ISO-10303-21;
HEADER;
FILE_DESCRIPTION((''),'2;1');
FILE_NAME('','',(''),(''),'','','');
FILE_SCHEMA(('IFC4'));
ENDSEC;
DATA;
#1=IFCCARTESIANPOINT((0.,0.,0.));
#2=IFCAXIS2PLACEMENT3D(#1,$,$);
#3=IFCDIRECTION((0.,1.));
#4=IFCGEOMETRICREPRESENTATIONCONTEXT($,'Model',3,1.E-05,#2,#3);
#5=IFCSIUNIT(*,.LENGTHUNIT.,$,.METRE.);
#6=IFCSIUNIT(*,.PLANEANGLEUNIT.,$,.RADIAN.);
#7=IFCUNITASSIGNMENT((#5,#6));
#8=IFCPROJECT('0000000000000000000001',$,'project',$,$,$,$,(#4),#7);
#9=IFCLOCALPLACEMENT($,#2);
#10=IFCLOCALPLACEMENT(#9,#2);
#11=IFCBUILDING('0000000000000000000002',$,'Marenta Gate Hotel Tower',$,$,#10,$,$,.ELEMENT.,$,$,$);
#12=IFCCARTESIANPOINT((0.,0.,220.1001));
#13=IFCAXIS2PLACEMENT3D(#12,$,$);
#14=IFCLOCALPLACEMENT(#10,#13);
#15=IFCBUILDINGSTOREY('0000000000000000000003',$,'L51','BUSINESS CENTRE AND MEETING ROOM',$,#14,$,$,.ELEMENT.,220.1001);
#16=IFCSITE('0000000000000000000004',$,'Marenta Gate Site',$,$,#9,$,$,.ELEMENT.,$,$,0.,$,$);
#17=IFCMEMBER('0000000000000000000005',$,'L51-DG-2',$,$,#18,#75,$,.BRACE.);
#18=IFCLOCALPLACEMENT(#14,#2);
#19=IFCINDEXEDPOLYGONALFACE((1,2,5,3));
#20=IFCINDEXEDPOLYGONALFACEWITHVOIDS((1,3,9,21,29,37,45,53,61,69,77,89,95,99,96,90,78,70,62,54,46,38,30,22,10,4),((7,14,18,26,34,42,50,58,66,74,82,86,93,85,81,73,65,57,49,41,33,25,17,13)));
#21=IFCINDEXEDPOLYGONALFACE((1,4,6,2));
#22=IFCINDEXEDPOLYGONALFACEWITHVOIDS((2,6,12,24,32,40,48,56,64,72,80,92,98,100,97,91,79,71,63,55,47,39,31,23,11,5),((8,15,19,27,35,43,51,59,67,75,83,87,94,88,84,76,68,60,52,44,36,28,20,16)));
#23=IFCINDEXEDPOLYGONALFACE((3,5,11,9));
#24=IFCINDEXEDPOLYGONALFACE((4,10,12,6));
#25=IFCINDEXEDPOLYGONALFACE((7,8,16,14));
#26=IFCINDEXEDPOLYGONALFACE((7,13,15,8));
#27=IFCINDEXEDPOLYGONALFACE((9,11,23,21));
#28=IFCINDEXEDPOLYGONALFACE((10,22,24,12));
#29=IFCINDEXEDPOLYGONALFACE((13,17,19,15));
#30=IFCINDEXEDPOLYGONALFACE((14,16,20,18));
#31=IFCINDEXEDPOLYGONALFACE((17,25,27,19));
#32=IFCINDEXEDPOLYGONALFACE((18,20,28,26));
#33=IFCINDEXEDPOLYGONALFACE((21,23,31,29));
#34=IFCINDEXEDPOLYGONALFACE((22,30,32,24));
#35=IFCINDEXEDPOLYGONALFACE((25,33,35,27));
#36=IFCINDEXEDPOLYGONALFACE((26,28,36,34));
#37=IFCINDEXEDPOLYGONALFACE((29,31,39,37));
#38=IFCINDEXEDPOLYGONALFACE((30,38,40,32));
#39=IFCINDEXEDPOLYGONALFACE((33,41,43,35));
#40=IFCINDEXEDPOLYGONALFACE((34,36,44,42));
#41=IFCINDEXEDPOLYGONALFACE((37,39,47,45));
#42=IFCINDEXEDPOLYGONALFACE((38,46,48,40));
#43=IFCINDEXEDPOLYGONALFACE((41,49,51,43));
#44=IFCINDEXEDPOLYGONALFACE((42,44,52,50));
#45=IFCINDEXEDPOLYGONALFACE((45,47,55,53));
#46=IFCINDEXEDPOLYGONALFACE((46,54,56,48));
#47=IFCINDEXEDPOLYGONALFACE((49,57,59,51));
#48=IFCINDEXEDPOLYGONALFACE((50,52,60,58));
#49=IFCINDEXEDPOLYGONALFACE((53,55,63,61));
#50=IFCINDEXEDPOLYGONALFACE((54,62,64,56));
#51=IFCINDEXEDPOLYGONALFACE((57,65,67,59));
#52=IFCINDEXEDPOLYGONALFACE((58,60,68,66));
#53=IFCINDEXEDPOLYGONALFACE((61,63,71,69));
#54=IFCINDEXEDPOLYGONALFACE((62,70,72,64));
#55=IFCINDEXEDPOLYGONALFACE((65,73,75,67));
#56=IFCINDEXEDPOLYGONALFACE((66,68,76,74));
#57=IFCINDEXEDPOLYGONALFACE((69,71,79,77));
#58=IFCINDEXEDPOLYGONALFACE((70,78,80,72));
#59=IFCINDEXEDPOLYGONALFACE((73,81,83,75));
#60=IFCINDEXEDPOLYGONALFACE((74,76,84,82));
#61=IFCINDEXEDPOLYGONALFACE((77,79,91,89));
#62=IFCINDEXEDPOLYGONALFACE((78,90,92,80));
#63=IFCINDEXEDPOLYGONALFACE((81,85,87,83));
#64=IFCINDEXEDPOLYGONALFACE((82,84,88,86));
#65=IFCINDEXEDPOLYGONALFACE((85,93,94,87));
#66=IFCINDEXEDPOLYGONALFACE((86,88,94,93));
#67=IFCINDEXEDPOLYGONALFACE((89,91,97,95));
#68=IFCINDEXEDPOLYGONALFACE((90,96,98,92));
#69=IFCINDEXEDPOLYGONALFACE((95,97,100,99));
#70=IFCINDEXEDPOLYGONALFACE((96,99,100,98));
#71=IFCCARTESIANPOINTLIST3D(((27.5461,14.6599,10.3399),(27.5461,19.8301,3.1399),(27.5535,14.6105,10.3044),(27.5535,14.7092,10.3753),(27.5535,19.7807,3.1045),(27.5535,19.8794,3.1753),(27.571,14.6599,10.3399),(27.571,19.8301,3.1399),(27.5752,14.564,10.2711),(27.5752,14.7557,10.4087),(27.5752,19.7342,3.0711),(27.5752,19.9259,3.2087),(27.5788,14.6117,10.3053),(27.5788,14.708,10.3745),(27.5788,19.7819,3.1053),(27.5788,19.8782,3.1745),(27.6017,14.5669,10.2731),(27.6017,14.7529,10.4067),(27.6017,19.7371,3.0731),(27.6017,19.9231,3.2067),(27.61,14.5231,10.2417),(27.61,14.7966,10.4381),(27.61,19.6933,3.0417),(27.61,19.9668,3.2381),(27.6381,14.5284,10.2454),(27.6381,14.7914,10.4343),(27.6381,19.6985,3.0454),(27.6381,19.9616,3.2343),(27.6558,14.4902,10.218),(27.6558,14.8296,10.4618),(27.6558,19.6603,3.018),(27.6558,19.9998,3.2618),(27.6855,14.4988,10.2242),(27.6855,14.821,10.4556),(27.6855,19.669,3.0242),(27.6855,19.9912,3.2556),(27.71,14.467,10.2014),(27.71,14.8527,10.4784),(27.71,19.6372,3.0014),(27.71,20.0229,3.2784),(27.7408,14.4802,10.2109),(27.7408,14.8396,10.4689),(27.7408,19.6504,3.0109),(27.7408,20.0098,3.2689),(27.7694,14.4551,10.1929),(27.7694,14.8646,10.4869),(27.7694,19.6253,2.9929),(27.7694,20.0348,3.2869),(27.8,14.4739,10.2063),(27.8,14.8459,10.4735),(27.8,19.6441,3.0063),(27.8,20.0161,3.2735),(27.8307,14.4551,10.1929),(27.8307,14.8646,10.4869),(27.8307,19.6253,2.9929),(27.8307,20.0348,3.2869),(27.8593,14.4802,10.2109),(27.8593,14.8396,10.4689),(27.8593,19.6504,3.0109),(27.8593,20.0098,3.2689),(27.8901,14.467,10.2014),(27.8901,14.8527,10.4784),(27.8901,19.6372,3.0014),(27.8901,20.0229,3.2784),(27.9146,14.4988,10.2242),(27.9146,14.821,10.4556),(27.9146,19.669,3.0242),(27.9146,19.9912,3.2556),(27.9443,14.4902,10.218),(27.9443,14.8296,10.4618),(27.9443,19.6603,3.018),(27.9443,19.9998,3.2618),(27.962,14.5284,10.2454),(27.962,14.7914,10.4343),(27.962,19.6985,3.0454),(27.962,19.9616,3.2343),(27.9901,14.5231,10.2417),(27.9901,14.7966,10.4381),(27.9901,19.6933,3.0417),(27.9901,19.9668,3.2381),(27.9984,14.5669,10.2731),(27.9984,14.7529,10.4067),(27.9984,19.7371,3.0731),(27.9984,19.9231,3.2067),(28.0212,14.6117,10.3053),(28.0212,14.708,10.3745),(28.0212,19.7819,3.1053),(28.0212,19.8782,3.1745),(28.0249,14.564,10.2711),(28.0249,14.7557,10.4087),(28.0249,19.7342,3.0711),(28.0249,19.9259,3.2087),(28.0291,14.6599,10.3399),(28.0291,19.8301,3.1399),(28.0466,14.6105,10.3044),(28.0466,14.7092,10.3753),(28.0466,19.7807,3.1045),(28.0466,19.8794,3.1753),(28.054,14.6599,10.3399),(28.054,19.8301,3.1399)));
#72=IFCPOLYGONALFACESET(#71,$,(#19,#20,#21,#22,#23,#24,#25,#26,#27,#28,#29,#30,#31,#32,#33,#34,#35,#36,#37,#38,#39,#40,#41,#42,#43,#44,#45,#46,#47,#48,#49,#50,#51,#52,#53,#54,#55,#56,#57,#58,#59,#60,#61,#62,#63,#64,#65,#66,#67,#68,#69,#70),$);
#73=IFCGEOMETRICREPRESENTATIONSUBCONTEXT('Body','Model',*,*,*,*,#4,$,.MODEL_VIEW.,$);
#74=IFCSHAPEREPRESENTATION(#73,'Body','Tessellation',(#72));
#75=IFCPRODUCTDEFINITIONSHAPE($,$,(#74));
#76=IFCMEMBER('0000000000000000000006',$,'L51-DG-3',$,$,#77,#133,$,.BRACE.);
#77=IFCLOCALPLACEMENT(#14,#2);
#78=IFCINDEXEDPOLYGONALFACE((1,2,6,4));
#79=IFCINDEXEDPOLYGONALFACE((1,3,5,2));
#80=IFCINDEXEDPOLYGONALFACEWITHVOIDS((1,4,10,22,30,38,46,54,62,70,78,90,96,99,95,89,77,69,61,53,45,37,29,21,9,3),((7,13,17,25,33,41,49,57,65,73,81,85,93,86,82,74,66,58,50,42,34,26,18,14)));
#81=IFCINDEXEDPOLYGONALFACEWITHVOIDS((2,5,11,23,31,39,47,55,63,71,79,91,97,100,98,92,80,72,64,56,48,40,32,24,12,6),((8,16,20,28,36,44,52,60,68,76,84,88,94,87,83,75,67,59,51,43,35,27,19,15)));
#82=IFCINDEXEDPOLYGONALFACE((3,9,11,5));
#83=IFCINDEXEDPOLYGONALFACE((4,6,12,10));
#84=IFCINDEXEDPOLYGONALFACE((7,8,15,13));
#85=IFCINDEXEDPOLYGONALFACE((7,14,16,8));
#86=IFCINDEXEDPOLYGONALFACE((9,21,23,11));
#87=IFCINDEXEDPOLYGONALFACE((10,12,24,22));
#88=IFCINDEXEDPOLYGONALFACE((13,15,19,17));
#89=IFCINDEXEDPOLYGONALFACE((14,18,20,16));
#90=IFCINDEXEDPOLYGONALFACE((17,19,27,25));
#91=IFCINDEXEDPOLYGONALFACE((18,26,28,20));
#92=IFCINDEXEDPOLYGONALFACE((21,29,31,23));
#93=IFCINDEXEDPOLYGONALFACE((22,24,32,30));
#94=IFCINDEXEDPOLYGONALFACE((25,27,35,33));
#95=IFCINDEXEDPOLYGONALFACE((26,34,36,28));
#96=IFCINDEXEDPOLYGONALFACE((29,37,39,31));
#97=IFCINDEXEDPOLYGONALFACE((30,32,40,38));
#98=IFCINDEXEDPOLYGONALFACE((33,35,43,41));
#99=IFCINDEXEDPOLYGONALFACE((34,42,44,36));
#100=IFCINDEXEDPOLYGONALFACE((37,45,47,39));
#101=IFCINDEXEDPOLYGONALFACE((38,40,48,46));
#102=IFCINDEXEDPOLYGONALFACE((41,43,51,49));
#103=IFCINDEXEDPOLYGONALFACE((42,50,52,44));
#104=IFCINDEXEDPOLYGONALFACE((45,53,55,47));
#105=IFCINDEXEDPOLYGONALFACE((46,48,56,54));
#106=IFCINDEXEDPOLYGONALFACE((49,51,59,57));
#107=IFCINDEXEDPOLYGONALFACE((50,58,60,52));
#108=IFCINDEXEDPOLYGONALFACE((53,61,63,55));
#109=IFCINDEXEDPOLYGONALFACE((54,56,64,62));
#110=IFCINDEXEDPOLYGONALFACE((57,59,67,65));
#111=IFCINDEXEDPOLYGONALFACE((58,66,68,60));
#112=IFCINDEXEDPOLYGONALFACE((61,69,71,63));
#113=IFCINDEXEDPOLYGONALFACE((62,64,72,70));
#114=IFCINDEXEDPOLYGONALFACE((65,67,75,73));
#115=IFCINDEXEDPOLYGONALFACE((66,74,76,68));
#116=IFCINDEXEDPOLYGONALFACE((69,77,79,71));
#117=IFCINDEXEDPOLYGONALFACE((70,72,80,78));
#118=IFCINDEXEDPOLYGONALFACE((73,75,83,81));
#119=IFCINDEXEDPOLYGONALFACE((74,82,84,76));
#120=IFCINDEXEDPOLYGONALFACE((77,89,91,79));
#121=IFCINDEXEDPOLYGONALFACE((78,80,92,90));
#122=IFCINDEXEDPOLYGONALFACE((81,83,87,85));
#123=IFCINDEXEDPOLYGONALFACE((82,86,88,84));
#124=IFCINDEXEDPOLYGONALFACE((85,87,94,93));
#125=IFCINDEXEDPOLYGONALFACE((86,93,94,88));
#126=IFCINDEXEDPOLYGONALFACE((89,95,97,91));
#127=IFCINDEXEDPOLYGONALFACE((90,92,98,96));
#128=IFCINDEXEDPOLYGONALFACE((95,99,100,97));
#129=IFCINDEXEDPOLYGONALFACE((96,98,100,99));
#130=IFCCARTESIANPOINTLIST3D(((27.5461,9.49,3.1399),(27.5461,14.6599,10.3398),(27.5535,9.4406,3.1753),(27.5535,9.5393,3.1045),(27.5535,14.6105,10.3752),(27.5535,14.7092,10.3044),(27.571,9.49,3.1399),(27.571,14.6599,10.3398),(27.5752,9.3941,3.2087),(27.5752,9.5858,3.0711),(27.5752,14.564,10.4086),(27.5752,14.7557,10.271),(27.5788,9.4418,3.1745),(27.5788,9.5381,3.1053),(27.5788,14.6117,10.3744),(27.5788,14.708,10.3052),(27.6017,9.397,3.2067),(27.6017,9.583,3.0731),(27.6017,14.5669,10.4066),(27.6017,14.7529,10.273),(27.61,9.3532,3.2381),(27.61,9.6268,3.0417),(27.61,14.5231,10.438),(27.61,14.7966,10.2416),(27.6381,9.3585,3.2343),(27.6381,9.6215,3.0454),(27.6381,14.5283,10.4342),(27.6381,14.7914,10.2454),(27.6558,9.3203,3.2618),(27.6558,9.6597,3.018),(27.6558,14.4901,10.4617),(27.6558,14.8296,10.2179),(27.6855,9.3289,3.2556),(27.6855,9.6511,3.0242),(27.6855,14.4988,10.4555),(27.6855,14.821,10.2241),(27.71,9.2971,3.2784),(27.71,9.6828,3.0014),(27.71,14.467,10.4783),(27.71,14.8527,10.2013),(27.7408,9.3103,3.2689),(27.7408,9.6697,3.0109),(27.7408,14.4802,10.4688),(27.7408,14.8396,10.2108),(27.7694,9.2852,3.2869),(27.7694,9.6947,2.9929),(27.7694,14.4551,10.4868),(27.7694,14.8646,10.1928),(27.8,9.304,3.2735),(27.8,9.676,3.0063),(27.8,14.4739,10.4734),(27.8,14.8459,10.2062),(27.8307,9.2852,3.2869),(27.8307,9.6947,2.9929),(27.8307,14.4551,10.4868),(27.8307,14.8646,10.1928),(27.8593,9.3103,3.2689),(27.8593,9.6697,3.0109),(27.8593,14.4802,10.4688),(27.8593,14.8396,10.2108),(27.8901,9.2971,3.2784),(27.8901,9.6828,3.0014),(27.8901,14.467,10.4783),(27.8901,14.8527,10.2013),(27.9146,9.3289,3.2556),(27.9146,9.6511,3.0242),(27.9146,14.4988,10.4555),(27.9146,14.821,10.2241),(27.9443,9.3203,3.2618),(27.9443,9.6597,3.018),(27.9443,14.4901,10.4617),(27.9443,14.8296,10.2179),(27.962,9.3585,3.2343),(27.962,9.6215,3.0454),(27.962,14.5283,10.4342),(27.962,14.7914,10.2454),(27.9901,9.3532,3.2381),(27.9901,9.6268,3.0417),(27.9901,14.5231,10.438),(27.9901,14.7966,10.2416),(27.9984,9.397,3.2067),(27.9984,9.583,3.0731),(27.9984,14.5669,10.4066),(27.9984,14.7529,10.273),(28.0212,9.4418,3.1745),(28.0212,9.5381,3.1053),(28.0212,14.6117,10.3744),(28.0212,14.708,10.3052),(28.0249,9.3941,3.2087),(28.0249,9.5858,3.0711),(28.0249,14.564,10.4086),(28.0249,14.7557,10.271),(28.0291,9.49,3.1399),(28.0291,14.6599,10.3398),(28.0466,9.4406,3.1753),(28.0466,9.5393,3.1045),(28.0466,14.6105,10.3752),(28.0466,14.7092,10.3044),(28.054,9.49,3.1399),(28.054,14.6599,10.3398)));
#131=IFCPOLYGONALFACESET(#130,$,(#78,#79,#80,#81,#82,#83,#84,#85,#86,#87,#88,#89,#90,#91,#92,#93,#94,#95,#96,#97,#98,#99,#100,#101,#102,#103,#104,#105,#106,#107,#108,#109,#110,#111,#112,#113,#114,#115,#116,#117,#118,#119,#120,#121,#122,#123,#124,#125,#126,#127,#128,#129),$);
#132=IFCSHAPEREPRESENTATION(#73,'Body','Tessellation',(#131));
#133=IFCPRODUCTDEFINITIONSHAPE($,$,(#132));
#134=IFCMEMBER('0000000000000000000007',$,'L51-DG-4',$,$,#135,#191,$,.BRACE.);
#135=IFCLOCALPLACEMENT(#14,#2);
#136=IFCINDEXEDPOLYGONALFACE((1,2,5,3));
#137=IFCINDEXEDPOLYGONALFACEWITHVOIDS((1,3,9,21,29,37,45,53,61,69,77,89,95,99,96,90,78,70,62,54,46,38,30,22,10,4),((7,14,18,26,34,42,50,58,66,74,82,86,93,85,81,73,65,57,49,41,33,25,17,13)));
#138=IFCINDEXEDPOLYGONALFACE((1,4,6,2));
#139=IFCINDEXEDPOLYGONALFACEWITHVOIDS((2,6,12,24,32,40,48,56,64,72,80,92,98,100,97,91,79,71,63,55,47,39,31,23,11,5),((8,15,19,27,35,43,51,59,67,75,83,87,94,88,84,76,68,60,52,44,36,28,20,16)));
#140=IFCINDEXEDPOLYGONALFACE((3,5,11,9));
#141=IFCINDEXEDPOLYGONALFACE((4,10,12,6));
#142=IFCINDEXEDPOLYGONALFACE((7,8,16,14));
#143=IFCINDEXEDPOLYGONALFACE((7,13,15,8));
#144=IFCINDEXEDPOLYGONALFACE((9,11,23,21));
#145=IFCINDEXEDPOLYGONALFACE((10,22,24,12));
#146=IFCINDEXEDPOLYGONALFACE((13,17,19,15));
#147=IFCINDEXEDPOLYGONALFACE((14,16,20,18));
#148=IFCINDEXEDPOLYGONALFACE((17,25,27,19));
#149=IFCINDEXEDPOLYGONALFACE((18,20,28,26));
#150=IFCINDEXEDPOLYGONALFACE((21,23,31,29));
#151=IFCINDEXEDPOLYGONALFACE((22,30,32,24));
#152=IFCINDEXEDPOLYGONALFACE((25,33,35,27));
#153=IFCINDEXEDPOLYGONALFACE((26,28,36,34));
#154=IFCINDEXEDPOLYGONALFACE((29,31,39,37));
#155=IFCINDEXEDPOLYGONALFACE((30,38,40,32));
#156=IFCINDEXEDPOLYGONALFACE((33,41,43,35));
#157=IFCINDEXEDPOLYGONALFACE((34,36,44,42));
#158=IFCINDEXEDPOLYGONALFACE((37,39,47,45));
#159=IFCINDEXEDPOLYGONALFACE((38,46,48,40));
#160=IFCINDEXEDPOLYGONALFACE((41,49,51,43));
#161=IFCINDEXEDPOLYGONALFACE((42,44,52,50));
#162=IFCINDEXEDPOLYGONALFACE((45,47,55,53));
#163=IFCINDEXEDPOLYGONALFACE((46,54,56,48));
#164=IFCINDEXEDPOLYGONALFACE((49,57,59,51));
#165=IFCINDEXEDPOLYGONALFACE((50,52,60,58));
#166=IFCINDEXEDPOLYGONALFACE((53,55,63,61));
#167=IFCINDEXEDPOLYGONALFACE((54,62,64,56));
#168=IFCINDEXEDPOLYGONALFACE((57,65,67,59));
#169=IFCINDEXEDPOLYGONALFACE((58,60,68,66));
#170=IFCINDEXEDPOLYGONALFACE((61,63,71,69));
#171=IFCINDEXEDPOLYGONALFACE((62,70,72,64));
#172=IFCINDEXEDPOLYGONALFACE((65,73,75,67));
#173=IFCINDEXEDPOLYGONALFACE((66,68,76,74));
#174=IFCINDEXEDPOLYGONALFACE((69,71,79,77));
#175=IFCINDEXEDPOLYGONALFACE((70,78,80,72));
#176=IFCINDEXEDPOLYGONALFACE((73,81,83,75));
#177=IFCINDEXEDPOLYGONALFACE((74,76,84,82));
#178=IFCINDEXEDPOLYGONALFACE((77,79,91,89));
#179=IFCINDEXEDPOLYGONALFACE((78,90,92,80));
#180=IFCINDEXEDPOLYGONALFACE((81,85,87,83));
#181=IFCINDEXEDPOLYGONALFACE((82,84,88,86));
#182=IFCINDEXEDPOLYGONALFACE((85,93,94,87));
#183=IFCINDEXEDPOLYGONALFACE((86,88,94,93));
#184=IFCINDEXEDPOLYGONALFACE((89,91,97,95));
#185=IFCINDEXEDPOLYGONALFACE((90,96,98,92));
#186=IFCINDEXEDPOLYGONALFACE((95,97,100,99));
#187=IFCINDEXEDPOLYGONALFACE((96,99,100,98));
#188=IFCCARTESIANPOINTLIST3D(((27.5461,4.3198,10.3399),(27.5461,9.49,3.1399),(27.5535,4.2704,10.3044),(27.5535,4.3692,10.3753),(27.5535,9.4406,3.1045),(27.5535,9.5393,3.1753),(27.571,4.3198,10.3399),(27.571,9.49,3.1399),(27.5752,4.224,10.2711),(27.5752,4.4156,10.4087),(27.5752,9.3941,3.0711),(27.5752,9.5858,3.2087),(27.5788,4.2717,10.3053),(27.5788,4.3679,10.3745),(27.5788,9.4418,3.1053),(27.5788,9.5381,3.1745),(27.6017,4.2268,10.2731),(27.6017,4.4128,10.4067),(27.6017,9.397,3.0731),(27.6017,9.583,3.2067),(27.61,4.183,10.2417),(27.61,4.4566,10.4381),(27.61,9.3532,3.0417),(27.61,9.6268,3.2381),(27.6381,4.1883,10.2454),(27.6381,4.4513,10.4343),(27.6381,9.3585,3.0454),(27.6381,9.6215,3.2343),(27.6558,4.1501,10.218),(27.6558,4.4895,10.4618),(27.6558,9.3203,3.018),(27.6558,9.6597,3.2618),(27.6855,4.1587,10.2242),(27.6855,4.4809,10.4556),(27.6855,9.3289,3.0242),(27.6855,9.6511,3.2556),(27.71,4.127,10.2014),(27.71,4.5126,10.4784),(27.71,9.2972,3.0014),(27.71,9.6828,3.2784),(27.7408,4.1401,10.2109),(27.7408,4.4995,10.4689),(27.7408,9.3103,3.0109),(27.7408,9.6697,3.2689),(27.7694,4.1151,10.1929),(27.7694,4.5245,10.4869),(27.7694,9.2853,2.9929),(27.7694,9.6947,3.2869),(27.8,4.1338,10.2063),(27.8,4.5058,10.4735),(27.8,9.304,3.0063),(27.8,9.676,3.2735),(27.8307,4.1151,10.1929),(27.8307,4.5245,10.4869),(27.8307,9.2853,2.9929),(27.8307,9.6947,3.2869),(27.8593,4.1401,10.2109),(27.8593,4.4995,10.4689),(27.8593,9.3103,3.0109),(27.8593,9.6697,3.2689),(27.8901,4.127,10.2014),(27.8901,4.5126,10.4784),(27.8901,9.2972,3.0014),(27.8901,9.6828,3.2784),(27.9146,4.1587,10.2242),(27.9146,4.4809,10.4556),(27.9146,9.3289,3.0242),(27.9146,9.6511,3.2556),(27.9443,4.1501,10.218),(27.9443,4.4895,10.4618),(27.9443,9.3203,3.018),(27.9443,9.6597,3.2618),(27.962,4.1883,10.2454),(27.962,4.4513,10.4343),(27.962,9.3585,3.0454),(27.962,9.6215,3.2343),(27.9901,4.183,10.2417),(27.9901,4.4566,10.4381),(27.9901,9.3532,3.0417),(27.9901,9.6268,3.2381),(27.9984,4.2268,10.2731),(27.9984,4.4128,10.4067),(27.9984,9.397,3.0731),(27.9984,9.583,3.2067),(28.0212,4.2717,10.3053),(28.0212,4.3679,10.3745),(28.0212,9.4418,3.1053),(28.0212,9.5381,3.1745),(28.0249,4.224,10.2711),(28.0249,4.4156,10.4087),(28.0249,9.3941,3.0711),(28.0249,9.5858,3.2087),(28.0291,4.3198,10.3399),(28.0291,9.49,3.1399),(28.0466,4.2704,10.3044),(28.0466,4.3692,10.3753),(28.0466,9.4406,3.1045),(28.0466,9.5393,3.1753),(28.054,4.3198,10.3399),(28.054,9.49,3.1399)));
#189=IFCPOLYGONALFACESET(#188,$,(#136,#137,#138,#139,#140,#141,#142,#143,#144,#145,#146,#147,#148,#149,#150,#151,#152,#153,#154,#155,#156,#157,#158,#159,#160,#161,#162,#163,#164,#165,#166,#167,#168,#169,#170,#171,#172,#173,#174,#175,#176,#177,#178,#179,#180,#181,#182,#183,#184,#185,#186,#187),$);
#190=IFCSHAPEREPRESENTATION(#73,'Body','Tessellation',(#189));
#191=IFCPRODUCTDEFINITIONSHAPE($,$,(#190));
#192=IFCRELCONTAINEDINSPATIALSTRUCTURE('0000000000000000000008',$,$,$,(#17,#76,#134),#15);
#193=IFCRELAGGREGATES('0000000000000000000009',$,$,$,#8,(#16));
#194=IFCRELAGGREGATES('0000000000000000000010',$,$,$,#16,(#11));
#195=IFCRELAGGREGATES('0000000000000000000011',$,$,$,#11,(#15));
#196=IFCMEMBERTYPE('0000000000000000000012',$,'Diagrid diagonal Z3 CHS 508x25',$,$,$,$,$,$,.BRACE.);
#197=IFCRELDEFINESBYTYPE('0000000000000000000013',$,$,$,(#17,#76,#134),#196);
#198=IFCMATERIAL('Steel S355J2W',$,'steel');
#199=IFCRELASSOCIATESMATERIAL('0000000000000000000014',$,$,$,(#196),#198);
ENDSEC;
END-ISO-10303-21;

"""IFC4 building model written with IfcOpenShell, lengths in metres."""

from ifc_helpers import new_model, si_unit, direction, frame, origin, origin_2d, place, context, subcontext, project, spatial, hollow_circle, extrude, material, material_profile, profile_set, type_object, element, save


model = new_model("IFC4")

# Units and contexts
model_context = context("Model", 3, precision=1e-05, world=origin(), true_north=direction((0.0, 1.0)))
body_context = subcontext(model_context, "Body", "Model", "MODEL_VIEW")
ifc_project = project(units=[si_unit("LENGTHUNIT", "METRE"), si_unit("PLANEANGLEUNIT", "RADIAN")], contexts=[model_context])

# Site, building, storey
site_placement = place(None, origin())
site = spatial("IfcSite", under=ifc_project, at=site_placement, Name="Marenta Gate Site", CompositionType="ELEMENT", RefElevation=0.0)
building_placement = place(site_placement, origin())
building = spatial("IfcBuilding", under=site, at=building_placement, Name="Marenta Gate Hotel Tower", CompositionType="ELEMENT")
storey_placement = place(building_placement, frame((0.0, 0.0, 220.1001)))
storey = spatial("IfcBuildingStorey", under=building, at=storey_placement, Name="L51", Description="BUSINESS CENTRE AND MEETING ROOM", CompositionType="ELEMENT", Elevation=220.1001)

# Members
ifc_material_1 = material(Name="Steel S355J2W", Category="steel")
ifc_material_profile_1 = material_profile(ifc_material_1, hollow_circle(Radius=0.2539, WallThickness=0.0249, at=origin_2d()), Name="CHS 508x25")
ifc_profile_set_1 = profile_set([ifc_material_profile_1], Name="Steel S355J2W")
member_type_1 = type_object("IfcMemberType", Name="Diagrid diagonal Z3 CHS 508x25", PredefinedType="BRACE", material=ifc_profile_set_1)
member_1_placement = place(storey_placement, frame((27.8, 19.8301, 3.1399), z_axis=(0.0, -0.583279, 0.812272), x_axis=(1.0, 0.0, 0.0)))
element("IfcMember", 1, at=member_1_placement, inside=storey, type_object=member_type_1, Name="L51-DG-2", PredefinedType="BRACE", context=body_context, shape_type="SweptSolid", body=[
    extrude(hollow_circle(Radius=0.2539, WallThickness=0.0249, at=origin_2d()), origin(), (0.0, 0.0, 1.0), 8.864),
])
member_2_placement = place(storey_placement, frame((27.8, 9.49, 3.1399), z_axis=(0.0, 0.583261, 0.812285), x_axis=(-1.0, 0.0, 0.0)))
element("IfcMember", 2, at=member_2_placement, inside=storey, type_object=member_type_1, Name="L51-DG-3", PredefinedType="BRACE", context=body_context, shape_type="SweptSolid", body=[
    extrude(hollow_circle(Radius=0.2539, WallThickness=0.0249, at=origin_2d()), origin(), (0.0, 0.0, 1.0), 8.8638),
])
member_3_placement = place(storey_placement, frame((27.8, 9.49, 3.1399), z_axis=(0.0, -0.583279, 0.812272), x_axis=(1.0, 0.0, 0.0)))
element("IfcMember", 3, at=member_3_placement, inside=storey, type_object=member_type_1, Name="L51-DG-4", PredefinedType="BRACE", context=body_context, shape_type="SweptSolid", body=[
    extrude(hollow_circle(Radius=0.2539, WallThickness=0.0249, at=origin_2d()), origin(), (0.0, 0.0, 1.0), 8.864),
])

save(model, "model.ifc")
